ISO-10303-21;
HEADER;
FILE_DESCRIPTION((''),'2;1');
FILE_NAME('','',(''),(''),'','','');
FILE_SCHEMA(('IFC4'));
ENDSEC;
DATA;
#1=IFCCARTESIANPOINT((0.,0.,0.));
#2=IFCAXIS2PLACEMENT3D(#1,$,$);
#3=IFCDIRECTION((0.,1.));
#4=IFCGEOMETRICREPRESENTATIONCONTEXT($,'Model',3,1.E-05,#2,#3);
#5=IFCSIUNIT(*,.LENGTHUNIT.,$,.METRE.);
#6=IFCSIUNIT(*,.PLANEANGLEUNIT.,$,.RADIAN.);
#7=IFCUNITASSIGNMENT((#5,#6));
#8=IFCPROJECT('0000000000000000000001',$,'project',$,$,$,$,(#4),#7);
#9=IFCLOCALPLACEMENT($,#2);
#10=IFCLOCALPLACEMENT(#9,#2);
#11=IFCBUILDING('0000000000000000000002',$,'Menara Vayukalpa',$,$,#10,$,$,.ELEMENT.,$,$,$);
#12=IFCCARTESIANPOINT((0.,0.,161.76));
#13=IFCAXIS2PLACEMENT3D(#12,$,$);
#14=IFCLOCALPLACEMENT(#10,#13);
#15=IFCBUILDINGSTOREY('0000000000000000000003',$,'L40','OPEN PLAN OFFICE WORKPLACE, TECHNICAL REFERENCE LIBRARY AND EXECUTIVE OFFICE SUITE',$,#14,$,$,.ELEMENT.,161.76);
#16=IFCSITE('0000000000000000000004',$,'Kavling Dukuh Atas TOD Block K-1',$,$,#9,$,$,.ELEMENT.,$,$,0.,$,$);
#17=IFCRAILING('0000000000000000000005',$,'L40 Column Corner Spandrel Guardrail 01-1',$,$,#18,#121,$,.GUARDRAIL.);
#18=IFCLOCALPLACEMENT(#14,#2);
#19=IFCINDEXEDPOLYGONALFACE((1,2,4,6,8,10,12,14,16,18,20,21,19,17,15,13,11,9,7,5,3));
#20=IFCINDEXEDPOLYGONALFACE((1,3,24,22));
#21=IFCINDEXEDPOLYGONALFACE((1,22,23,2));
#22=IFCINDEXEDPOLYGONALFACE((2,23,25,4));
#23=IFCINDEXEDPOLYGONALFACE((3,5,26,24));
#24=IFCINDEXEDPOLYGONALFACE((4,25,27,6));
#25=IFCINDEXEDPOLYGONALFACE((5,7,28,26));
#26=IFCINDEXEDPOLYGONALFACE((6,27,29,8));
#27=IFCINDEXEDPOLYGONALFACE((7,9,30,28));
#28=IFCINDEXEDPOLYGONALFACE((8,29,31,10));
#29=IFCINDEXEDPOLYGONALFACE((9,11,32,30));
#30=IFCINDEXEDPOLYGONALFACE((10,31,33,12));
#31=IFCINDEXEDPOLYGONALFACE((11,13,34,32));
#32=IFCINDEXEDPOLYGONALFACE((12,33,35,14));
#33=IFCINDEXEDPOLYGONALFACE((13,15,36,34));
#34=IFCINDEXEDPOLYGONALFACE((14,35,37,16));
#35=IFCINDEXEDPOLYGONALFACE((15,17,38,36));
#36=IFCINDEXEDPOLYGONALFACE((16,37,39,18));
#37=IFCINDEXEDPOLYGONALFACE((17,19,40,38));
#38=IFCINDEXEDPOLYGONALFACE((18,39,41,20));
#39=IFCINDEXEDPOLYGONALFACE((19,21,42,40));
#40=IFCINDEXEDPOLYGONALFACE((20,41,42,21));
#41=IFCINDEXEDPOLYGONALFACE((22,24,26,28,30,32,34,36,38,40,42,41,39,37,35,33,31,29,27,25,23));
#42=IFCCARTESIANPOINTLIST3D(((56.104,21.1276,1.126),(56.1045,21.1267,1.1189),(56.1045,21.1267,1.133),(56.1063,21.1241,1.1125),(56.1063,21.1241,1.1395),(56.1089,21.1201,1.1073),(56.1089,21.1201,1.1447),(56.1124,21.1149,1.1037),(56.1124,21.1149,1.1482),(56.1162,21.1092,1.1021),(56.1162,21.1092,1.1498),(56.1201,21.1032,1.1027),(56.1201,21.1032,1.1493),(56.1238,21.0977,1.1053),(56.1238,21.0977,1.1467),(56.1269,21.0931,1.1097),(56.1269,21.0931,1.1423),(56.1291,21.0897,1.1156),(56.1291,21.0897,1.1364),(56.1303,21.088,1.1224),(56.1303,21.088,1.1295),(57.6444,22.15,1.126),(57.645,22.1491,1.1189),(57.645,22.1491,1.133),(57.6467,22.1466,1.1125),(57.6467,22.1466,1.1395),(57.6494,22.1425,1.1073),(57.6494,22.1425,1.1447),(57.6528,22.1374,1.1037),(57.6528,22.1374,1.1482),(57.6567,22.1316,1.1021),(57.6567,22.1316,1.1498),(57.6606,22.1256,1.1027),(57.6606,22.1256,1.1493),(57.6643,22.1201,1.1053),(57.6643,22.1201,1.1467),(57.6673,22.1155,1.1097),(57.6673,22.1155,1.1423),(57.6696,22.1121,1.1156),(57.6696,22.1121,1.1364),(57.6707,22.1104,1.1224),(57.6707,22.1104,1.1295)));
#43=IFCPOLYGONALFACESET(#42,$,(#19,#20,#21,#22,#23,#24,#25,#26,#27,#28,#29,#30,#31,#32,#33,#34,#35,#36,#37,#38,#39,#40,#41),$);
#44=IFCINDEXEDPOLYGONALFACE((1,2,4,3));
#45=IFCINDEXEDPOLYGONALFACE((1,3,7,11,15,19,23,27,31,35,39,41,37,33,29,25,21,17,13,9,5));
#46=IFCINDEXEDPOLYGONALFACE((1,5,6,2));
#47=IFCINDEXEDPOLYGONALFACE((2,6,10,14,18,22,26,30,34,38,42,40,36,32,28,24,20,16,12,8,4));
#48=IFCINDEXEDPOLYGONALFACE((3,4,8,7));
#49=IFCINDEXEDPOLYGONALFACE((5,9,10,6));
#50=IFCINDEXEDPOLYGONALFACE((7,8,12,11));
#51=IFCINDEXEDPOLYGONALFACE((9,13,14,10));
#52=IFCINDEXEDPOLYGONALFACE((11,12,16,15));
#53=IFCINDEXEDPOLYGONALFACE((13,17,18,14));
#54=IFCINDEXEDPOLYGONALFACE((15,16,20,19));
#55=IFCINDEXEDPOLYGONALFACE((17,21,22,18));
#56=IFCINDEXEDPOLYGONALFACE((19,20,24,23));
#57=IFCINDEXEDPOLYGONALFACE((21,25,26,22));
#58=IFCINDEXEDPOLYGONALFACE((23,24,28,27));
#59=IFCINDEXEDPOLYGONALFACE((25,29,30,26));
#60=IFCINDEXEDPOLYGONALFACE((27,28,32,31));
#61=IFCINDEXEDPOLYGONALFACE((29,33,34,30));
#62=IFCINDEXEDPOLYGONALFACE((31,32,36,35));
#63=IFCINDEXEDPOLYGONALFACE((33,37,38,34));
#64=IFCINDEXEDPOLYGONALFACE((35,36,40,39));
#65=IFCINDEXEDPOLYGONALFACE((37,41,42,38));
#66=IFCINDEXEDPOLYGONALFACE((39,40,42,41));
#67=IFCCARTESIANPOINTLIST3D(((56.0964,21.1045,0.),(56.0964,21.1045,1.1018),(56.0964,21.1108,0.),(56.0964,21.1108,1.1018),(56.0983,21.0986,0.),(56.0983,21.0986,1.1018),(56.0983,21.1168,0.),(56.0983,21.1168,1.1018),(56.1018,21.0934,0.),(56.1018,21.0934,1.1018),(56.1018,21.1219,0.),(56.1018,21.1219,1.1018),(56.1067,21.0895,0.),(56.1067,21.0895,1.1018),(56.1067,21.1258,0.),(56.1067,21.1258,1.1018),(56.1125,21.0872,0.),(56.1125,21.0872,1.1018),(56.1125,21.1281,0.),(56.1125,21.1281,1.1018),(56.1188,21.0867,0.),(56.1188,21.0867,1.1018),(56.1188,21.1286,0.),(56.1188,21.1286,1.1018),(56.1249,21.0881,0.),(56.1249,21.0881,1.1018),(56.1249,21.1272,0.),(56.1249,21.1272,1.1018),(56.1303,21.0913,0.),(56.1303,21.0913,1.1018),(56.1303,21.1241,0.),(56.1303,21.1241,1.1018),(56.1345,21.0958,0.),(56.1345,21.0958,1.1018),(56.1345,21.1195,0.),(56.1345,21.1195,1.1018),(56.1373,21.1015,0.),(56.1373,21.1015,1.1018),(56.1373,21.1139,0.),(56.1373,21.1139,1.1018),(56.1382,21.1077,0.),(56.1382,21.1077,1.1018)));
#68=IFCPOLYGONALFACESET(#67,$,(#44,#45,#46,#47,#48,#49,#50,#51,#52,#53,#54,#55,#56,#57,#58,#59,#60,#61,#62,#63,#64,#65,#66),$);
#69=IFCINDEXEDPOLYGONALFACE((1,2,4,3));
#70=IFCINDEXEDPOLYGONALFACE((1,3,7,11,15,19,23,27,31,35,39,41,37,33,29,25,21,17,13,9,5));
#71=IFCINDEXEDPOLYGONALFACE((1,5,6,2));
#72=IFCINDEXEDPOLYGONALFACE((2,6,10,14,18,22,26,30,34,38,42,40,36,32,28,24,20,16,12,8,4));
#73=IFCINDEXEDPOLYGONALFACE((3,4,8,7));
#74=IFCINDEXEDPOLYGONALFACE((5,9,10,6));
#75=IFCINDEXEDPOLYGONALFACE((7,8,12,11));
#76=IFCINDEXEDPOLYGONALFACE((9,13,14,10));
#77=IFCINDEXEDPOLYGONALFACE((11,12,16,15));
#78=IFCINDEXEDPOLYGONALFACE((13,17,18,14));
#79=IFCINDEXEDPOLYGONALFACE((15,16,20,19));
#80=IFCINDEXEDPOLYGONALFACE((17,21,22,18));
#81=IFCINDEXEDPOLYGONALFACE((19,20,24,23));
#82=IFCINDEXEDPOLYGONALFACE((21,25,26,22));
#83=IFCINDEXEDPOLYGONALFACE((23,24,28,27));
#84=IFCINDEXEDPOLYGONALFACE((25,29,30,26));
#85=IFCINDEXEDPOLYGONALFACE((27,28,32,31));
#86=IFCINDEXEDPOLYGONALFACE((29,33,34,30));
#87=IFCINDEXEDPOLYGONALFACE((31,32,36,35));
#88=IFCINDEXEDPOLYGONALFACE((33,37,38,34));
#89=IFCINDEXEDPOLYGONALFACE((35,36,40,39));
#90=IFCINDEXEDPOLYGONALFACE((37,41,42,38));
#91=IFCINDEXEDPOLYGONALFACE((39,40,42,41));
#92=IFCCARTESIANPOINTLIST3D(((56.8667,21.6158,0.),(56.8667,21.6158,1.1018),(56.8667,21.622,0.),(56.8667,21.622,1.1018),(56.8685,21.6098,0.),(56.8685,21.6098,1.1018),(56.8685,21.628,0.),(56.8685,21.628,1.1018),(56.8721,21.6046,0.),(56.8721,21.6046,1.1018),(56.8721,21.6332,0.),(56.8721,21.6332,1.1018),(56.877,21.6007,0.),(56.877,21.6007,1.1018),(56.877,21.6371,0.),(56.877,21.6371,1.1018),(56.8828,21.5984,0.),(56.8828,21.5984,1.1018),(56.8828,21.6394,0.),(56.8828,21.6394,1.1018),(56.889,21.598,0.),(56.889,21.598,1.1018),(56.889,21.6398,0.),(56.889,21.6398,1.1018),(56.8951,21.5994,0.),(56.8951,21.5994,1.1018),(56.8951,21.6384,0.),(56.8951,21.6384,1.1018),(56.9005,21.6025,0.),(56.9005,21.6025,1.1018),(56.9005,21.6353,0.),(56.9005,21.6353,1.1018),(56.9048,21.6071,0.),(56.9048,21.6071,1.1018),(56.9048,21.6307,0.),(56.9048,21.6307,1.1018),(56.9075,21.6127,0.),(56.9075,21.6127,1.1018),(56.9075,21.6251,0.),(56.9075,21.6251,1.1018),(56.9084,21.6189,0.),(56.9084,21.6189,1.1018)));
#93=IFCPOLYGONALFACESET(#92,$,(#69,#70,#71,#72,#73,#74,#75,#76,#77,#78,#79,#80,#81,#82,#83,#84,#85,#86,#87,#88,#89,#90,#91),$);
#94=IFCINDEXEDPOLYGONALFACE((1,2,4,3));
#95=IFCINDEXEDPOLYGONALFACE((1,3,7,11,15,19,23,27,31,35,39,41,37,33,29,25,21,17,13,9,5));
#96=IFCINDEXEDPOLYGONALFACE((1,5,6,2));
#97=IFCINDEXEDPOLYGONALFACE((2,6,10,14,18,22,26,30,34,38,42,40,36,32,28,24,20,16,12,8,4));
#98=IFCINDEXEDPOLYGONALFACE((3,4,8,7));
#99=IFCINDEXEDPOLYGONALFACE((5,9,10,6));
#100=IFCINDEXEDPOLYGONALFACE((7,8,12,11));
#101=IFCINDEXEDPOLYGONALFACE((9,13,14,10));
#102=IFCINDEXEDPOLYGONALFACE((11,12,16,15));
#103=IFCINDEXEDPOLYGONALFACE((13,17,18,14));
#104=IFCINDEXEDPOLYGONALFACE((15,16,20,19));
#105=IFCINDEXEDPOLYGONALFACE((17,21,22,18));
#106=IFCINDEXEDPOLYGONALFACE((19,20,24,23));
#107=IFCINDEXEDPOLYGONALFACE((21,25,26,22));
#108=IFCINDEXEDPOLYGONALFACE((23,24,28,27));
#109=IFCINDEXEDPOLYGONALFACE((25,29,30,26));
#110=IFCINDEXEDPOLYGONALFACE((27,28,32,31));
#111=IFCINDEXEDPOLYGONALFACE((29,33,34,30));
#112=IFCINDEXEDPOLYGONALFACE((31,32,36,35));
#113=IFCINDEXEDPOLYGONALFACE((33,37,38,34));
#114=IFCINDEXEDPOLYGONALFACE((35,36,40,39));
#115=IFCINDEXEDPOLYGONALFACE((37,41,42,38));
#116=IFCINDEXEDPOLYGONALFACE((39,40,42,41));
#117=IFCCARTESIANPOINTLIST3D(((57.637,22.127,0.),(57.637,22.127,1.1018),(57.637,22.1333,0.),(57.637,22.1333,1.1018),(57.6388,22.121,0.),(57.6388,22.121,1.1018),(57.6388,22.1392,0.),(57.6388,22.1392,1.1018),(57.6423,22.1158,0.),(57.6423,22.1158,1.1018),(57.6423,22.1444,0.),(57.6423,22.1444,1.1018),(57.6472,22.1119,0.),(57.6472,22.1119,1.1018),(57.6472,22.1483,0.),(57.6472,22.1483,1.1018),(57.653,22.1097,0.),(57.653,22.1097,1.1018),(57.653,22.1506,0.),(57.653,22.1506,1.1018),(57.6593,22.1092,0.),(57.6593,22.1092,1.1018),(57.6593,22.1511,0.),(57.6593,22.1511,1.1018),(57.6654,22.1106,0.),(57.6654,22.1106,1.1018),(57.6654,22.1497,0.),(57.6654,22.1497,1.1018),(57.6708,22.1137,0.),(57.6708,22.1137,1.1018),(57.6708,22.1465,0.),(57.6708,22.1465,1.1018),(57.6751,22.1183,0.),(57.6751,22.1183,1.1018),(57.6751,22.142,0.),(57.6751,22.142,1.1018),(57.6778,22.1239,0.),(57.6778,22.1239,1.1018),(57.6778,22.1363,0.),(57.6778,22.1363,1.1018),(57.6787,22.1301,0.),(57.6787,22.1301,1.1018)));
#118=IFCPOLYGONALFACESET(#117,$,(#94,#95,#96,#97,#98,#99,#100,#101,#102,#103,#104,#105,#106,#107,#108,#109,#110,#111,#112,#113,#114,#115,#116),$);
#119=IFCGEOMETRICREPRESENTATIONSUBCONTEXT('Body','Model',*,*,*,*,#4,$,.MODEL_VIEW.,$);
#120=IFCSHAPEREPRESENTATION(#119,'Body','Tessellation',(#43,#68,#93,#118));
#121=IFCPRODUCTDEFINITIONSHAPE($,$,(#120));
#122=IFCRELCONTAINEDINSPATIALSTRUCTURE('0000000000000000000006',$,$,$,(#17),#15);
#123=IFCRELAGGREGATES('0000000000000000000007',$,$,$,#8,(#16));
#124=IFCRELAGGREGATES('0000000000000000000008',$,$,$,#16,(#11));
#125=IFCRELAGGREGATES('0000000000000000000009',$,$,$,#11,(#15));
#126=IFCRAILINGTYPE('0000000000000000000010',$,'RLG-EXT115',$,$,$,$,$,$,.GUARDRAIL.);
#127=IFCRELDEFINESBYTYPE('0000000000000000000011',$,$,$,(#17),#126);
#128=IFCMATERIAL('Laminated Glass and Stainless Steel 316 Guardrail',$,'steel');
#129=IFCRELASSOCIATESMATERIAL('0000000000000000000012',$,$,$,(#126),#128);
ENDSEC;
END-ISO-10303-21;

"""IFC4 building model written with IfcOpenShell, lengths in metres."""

from ifc_helpers import new_model, si_unit, direction, frame, origin, origin_2d, place, context, subcontext, project, spatial, circle, extrude, material, type_object, element, save


model = new_model("IFC4")

# Units and contexts
model_context = context("Model", 3, precision=1e-05, world=origin(), true_north=direction((0.0, 1.0)))
body_context = subcontext(model_context, "Body", "Model", "MODEL_VIEW")
ifc_project = project(units=[si_unit("LENGTHUNIT", "METRE"), si_unit("PLANEANGLEUNIT", "RADIAN")], contexts=[model_context])

# Site, building, storey
site_placement = place(None, origin())
site = spatial("IfcSite", under=ifc_project, at=site_placement, Name="Kavling Dukuh Atas TOD Block K-1", CompositionType="ELEMENT", RefElevation=0.0)
building_placement = place(site_placement, origin())
building = spatial("IfcBuilding", under=site, at=building_placement, Name="Menara Vayukalpa", CompositionType="ELEMENT")
storey_placement = place(building_placement, frame((0.0, 0.0, 161.76)))
storey = spatial("IfcBuildingStorey", under=building, at=storey_placement, Name="L40", Description="OPEN PLAN OFFICE WORKPLACE, TECHNICAL REFERENCE LIBRARY AND EXECUTIVE OFFICE SUITE", CompositionType="ELEMENT", Elevation=161.76)

# Railing
ifc_material_1 = material(Name="Laminated Glass and Stainless Steel 316 Guardrail", Category="steel")
railing_type = type_object("IfcRailingType", Name="RLG-EXT115", PredefinedType="GUARDRAIL", material=ifc_material_1)
railing_1_placement = place(storey_placement, frame((56.1172, 21.1077, 0.0)))
element("IfcRailing", 1, at=railing_1_placement, inside=storey, type_object=railing_type, Name="L40 Column Corner Spandrel Guardrail 01-1", PredefinedType="GUARDRAIL", context=body_context, shape_type="SweptSolid", body=[
    extrude(circle(Radius=0.0239, at=origin_2d()), frame((0.0, 0.0, 1.126), z_axis=(0.833186, 0.552993, 0.0), x_axis=(-0.552993, 0.833186, 0.0)), (0.0, 0.0, 1.0), 1.8489),
    extrude(circle(Radius=0.021, at=origin_2d()), origin(), (0.0, 0.0, 1.0), 1.1018),
    extrude(circle(Radius=0.021, at=origin_2d()), frame((0.7703, 0.5112, 0.0)), (0.0, 0.0, 1.0), 1.1018),
    extrude(circle(Radius=0.021, at=origin_2d()), frame((1.5405, 1.0225, 0.0)), (0.0, 0.0, 1.0), 1.1018),
])

save(model, "model.ifc")
